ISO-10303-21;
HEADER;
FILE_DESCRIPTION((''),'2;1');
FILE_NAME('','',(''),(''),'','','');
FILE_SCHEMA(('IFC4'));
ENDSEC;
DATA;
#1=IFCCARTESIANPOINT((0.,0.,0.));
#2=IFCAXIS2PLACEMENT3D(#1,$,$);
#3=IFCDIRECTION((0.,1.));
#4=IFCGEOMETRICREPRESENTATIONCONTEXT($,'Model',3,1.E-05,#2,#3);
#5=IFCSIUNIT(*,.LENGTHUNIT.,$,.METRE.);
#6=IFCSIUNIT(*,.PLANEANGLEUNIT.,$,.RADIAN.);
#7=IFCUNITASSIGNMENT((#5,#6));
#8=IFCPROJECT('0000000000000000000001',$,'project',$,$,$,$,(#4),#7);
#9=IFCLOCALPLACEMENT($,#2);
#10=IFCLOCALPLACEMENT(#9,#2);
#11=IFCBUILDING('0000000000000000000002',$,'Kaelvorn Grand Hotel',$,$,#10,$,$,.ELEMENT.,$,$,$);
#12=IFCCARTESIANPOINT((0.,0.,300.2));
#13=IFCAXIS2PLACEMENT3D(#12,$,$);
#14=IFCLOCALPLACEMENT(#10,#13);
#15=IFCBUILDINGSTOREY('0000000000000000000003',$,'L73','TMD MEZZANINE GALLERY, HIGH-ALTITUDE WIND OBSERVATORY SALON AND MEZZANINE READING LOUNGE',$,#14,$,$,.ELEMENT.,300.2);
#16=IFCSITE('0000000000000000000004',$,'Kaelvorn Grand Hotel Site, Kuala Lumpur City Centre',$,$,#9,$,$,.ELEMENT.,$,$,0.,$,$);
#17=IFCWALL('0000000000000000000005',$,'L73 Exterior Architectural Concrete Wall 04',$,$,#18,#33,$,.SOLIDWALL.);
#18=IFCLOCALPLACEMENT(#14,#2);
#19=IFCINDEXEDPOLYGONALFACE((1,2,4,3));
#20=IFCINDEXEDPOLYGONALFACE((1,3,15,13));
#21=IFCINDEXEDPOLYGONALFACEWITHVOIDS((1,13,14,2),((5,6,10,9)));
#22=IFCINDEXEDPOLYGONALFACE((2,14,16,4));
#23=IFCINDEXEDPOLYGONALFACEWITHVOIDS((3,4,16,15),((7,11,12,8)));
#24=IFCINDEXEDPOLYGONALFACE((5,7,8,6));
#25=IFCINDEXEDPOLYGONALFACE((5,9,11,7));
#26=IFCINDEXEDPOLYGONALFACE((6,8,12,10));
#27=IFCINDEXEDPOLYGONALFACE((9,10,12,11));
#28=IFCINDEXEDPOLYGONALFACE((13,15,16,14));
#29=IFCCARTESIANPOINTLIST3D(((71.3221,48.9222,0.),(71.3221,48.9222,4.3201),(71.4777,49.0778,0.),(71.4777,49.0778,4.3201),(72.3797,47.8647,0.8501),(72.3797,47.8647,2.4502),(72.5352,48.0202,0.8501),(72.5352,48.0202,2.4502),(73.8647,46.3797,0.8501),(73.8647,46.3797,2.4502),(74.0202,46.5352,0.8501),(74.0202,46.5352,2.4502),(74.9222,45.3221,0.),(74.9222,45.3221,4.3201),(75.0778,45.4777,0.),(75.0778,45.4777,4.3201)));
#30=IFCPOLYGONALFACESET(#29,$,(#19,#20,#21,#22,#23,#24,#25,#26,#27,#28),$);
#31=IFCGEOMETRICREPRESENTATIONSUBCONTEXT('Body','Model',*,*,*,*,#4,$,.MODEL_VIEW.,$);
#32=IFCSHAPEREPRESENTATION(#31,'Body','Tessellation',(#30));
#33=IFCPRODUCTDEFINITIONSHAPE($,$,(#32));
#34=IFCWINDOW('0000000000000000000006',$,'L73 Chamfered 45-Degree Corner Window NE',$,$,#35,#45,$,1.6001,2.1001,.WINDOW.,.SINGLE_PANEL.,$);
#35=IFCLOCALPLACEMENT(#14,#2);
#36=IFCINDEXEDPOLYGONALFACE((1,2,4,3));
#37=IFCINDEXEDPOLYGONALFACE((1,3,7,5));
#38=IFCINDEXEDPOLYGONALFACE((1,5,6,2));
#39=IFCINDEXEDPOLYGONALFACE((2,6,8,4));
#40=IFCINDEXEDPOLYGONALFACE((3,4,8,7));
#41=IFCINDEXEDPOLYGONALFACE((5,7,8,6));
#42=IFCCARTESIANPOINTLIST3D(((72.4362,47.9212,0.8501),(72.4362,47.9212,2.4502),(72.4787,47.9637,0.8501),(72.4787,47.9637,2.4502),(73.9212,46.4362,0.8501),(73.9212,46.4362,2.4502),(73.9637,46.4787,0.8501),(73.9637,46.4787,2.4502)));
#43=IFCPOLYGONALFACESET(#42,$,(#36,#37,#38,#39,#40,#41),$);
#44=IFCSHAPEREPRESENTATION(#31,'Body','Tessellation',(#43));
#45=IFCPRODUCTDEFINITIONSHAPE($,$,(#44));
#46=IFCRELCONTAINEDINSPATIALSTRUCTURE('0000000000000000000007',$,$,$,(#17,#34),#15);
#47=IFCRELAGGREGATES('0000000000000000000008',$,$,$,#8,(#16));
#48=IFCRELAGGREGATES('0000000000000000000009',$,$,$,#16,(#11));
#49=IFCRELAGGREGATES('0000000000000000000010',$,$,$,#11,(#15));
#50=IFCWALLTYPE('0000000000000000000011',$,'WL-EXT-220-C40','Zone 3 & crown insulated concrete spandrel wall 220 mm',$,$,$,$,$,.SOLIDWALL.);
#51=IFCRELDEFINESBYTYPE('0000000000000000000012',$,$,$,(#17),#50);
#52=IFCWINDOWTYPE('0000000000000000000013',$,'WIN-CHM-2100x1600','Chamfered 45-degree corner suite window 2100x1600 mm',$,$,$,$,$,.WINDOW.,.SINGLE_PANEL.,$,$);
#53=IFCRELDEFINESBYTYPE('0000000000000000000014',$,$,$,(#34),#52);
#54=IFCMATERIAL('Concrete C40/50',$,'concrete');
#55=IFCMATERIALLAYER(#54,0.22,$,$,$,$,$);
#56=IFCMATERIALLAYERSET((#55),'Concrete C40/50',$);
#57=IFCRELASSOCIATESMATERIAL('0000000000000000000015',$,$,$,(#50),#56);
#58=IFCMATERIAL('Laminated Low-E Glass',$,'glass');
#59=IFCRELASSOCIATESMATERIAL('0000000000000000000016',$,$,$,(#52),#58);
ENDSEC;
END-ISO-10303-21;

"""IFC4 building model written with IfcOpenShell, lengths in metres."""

from ifc_helpers import new_model, si_unit, direction, frame, frame_2d, origin, place, context, subcontext, project, spatial, rectangle, extrude, material, layer, layer_set, type_object, element, fill, save


model = new_model("IFC4")

# Units and contexts
model_context = context("Model", 3, precision=1e-05, world=origin(), true_north=direction((0.0, 1.0)))
body_context = subcontext(model_context, "Body", "Model", "MODEL_VIEW")
ifc_project = project(units=[si_unit("LENGTHUNIT", "METRE"), si_unit("PLANEANGLEUNIT", "RADIAN")], contexts=[model_context])

# Site, building, storey
site_placement = place(None, origin())
site = spatial("IfcSite", under=ifc_project, at=site_placement, Name="Kaelvorn Grand Hotel Site, Kuala Lumpur City Centre", CompositionType="ELEMENT", RefElevation=0.0)
building_placement = place(site_placement, origin())
building = spatial("IfcBuilding", under=site, at=building_placement, Name="Kaelvorn Grand Hotel", CompositionType="ELEMENT")
storey_placement = place(building_placement, frame((0.0, 0.0, 300.2)))
storey = spatial("IfcBuildingStorey", under=building, at=storey_placement, Name="L73", Description="TMD MEZZANINE GALLERY, HIGH-ALTITUDE WIND OBSERVATORY SALON AND MEZZANINE READING LOUNGE", CompositionType="ELEMENT", Elevation=300.2)

# Shared definitions
ifc_material_1 = material(Name="Laminated Low-E Glass", Category="glass")

# Shared definitions
ifc_material_2 = material(Name="Concrete C40/50", Category="concrete")
ifc_layer_1 = layer(ifc_material_2, 0.22)
ifc_layer_set_1 = layer_set([ifc_layer_1], Name="Concrete C40/50")
wall_type = type_object("IfcWallType", Name="WL-EXT-220-C40", Description="Zone 3 & crown insulated concrete spandrel wall 220 mm", PredefinedType="SOLIDWALL", material=ifc_layer_set_1)

# Wall, opening, window
wall_1_placement = place(storey_placement, frame((75.0, 45.3999, 0.0), z_axis=(0.0, 0.0, 1.0), x_axis=(-0.707107, 0.707107, 0.0)))
wall_1 = element("IfcWall", 1, at=wall_1_placement, inside=storey, type_object=wall_type, Name="L73 Exterior Architectural Concrete Wall 04", PredefinedType="SOLIDWALL", context=body_context, shape_type="SweptSolid", body=[
    extrude(rectangle(XDim=5.0913, YDim=0.22, at=frame_2d((2.5457, 0.0))), origin(), (0.0, 0.0, 1.0), 4.3201),
])
opening_placement = place(wall_1_placement, frame((1.4956, 0.0, 0.8501)))
opening = element("IfcOpeningElement", 2, at=opening_placement, cuts=wall_1, PredefinedType="OPENING", context=body_context, shape_type="SweptSolid", body=[
    extrude(rectangle(XDim=2.1001, YDim=1.6001, at=frame_2d((1.05, 0.8))), frame((0.0, 0.1201, 0.0), z_axis=(0.0, -1.0, 0.0), x_axis=(1.0, 0.0, 0.0)), (0.0, 0.0, 1.0), 0.24),
])
window_type = type_object("IfcWindowType", Name="WIN-CHM-2100x1600", Description="Chamfered 45-degree corner suite window 2100x1600 mm", PartitioningType="SINGLE_PANEL", PredefinedType="WINDOW", material=ifc_material_1)
window_placement = place(opening_placement, origin())
window = element("IfcWindow", 3, at=window_placement, inside=storey, type_object=window_type, Name="L73 Chamfered 45-Degree Corner Window NE", OverallHeight=1.6001, OverallWidth=2.1001, PartitioningType="SINGLE_PANEL", PredefinedType="WINDOW", context=body_context, shape_type="SweptSolid", body=[
    extrude(rectangle(XDim=2.1001, YDim=1.6001, at=frame_2d((1.05, 0.8))), frame((0.0, 0.03, 0.0), z_axis=(0.0, -1.0, 0.0), x_axis=(1.0, 0.0, 0.0)), (0.0, 0.0, 1.0), 0.0601),
])
fill(opening, window)

save(model, "model.ifc")
